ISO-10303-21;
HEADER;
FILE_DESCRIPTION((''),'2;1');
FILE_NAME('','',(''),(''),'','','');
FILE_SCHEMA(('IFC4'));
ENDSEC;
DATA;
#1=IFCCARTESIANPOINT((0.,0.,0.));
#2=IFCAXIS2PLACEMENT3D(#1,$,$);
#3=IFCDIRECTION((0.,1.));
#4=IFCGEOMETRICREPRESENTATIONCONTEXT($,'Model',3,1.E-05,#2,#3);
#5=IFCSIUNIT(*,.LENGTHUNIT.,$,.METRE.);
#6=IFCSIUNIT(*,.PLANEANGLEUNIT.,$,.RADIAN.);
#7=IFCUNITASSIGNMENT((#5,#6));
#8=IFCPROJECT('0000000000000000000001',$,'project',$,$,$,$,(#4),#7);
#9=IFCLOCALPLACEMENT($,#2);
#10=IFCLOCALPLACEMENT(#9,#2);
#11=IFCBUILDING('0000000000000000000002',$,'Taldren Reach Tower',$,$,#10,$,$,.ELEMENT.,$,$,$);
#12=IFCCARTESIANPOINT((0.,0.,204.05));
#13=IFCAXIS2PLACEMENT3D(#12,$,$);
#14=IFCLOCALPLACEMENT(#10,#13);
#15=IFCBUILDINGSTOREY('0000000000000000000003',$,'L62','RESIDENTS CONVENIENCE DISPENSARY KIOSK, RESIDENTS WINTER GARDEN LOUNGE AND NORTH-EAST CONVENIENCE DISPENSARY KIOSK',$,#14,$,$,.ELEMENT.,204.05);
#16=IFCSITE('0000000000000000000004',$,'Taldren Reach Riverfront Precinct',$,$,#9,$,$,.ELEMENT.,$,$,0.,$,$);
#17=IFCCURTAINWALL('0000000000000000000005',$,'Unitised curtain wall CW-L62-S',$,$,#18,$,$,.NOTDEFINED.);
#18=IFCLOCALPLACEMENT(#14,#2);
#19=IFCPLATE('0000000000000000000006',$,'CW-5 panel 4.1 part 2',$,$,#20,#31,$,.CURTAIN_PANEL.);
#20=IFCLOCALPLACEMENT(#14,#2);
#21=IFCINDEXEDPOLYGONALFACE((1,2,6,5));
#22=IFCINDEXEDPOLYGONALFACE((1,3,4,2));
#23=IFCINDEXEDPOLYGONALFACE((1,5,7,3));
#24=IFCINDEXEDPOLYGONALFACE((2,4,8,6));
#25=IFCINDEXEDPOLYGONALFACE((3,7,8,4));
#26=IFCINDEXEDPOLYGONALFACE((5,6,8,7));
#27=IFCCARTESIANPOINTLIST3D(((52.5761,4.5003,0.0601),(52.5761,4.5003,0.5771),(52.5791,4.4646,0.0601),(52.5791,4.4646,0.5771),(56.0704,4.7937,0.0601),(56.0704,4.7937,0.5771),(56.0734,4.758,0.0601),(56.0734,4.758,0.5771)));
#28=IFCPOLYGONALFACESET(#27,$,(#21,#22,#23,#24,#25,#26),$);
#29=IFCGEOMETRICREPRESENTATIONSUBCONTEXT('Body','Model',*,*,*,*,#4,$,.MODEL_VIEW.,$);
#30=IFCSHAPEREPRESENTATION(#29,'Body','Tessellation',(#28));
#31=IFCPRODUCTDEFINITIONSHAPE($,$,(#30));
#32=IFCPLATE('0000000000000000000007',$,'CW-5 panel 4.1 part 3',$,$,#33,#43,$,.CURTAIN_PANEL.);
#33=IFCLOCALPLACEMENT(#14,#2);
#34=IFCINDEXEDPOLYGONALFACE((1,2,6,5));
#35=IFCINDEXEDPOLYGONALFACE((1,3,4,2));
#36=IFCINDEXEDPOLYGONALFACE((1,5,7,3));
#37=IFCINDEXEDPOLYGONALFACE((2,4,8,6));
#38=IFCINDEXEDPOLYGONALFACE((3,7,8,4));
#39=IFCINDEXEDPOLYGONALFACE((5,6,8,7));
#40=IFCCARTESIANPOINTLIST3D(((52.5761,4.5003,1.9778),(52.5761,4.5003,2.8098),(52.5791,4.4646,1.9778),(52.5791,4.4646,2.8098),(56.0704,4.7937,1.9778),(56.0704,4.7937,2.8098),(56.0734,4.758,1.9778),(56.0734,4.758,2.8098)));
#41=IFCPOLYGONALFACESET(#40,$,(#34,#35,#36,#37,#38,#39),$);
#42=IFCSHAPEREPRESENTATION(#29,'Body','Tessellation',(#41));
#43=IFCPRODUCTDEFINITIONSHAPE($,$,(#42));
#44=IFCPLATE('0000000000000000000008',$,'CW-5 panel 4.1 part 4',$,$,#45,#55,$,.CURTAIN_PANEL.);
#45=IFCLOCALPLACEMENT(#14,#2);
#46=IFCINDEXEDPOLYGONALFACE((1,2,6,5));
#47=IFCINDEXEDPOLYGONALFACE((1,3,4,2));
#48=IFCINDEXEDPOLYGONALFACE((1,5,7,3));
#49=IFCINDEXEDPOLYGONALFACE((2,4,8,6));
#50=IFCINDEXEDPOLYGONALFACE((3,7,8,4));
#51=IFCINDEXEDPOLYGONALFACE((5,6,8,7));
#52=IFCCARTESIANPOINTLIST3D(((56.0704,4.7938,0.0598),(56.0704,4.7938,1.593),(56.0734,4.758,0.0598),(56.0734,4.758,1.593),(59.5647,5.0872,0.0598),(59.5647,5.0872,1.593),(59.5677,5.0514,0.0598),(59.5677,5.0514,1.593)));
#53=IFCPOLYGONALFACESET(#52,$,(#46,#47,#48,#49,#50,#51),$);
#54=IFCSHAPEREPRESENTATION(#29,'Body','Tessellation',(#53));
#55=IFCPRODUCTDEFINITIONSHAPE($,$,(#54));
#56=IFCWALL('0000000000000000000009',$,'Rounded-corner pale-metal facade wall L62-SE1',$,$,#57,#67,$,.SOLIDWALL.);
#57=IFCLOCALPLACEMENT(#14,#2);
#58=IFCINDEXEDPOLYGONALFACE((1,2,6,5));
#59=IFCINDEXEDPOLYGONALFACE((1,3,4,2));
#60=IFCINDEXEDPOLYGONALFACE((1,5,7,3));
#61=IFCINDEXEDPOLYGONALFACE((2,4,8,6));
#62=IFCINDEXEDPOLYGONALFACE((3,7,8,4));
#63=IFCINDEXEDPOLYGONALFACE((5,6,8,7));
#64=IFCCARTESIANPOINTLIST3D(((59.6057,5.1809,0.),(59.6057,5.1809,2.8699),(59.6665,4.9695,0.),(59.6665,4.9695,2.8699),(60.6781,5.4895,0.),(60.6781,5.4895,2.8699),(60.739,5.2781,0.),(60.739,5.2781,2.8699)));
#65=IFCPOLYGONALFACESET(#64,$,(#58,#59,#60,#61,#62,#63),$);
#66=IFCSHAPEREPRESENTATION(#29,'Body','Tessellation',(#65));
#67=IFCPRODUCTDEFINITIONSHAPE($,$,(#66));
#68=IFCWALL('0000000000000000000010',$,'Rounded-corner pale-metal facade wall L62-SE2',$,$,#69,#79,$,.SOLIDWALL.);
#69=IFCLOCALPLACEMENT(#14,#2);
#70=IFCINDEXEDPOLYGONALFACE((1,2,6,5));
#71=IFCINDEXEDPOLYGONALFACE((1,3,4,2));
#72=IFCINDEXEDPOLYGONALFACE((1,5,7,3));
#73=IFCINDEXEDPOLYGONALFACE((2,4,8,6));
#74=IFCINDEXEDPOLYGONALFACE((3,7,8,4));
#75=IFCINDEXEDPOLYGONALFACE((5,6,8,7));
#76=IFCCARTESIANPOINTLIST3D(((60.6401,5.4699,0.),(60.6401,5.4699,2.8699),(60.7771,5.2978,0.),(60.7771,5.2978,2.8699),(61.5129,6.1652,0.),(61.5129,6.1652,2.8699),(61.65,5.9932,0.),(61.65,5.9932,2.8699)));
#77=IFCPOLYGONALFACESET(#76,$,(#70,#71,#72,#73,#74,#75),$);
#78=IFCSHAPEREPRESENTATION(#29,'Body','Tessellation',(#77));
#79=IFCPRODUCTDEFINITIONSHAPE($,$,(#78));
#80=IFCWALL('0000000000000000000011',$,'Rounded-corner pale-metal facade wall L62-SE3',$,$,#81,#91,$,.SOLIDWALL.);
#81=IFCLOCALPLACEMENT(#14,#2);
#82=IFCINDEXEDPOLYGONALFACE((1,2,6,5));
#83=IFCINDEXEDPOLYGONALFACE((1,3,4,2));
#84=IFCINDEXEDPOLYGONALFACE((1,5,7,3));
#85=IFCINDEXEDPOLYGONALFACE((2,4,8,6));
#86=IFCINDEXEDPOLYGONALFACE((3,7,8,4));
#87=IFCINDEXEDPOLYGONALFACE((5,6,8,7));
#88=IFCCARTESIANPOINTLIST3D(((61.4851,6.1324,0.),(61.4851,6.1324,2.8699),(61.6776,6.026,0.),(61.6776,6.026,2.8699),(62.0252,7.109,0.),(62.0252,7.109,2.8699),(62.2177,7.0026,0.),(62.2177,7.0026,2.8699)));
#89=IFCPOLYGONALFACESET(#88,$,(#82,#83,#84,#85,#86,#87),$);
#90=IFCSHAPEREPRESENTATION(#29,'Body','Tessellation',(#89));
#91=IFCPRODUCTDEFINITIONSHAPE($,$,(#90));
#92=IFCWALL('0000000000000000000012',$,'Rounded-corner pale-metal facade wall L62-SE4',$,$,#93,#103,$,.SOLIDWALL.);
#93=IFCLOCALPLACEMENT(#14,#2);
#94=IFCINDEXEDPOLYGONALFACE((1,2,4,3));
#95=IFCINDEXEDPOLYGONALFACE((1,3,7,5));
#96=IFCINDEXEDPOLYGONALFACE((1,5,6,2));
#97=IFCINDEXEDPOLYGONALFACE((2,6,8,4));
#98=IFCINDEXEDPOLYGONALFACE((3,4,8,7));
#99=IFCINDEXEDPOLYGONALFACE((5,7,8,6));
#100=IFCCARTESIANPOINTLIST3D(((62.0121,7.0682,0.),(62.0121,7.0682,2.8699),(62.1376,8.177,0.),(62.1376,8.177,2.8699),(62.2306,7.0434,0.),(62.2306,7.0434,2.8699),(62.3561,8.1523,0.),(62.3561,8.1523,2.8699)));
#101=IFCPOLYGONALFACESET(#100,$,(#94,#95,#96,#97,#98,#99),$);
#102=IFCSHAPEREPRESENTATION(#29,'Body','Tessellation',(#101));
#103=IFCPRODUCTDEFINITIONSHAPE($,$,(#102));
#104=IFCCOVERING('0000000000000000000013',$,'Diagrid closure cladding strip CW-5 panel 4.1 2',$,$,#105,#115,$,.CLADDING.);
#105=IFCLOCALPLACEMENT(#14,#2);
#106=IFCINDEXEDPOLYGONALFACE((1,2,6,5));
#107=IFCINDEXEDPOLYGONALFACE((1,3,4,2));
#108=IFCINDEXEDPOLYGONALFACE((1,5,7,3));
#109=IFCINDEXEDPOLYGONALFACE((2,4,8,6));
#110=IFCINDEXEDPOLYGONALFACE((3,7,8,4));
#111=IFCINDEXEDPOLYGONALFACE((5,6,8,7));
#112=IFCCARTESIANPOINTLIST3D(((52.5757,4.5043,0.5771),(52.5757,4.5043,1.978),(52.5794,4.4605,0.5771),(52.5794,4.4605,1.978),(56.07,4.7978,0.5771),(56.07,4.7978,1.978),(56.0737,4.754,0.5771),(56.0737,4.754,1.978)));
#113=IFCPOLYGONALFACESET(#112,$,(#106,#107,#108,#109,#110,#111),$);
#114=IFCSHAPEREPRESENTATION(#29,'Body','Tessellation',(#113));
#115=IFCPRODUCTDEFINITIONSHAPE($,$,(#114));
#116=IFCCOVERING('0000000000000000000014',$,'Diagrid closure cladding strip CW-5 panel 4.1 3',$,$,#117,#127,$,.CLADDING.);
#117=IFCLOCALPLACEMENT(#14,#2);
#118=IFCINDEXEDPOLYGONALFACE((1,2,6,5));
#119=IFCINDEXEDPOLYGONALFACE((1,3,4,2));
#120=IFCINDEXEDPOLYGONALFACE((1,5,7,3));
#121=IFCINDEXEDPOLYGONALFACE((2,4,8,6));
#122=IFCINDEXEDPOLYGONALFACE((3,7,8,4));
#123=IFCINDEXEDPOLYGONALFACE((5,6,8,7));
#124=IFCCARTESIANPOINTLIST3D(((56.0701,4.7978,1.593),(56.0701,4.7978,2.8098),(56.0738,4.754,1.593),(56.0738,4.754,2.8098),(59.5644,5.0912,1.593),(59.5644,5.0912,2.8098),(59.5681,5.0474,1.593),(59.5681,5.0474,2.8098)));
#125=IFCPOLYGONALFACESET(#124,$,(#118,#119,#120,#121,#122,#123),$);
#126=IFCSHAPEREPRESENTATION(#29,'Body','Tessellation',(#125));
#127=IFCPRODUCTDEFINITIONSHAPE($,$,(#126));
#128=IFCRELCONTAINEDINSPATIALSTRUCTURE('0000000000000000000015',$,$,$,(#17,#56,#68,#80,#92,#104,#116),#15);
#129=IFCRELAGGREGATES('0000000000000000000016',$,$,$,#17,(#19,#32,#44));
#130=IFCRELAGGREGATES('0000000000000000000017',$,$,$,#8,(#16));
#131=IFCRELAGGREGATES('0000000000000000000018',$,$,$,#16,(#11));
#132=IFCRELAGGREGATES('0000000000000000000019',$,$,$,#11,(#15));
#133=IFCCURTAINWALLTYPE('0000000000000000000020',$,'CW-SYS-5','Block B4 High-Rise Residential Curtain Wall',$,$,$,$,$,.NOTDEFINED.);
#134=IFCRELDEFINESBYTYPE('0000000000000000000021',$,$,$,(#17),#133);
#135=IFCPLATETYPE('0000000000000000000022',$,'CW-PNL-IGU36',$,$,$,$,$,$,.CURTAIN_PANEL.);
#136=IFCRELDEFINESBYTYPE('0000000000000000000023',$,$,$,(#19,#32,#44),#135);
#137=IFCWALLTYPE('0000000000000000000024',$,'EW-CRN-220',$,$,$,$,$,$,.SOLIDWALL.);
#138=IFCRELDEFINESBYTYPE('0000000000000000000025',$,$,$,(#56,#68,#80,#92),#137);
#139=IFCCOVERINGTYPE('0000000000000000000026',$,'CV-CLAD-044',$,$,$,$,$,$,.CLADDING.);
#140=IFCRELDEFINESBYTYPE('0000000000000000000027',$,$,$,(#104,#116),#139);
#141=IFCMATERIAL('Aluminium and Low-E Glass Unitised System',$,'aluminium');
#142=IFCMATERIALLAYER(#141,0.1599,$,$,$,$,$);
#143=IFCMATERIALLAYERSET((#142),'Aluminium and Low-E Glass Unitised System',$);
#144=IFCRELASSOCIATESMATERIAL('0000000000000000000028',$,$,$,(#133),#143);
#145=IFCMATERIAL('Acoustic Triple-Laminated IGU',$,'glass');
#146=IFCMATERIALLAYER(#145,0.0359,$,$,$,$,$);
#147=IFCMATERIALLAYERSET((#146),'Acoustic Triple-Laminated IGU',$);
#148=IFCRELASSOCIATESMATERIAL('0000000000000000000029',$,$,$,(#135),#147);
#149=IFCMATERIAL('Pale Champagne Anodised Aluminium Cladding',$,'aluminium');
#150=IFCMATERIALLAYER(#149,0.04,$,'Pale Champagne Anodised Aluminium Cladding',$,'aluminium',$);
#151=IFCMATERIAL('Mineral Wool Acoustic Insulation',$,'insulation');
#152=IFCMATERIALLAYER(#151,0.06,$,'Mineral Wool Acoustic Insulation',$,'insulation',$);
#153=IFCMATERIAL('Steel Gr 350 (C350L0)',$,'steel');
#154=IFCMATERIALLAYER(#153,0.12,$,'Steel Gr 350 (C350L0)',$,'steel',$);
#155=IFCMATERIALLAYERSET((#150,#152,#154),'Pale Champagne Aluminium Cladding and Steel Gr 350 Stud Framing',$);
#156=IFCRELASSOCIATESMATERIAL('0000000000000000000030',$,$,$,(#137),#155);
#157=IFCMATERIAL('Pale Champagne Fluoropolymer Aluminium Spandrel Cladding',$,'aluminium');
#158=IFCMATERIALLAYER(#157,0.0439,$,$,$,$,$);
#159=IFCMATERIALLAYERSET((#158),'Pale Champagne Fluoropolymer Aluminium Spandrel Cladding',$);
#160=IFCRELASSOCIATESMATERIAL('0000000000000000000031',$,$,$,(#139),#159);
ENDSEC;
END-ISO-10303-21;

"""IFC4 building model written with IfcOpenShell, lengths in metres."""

from ifc_helpers import new_model, si_unit, direction, frame, frame_2d, origin, origin_2d, place, context, subcontext, project, spatial, rectangle, extrude, source, transform, mapped, material, layer, layer_set, type_object, element, aggregate, save


model = new_model("IFC4")

# Units and contexts
model_context = context("Model", 3, precision=1e-05, world=origin(), true_north=direction((0.0, 1.0)))
body_context = subcontext(model_context, "Body", "Model", "MODEL_VIEW")
ifc_project = project(units=[si_unit("LENGTHUNIT", "METRE"), si_unit("PLANEANGLEUNIT", "RADIAN")], contexts=[model_context])

# Site, building, storey
site_placement = place(None, origin())
site = spatial("IfcSite", under=ifc_project, at=site_placement, Name="Taldren Reach Riverfront Precinct", CompositionType="ELEMENT", RefElevation=0.0)
building_placement = place(site_placement, origin())
building = spatial("IfcBuilding", under=site, at=building_placement, Name="Taldren Reach Tower", CompositionType="ELEMENT")
storey_placement = place(building_placement, frame((0.0, 0.0, 204.05)))
storey = spatial("IfcBuildingStorey", under=building, at=storey_placement, Name="L62", Description="RESIDENTS CONVENIENCE DISPENSARY KIOSK, RESIDENTS WINTER GARDEN LOUNGE AND NORTH-EAST CONVENIENCE DISPENSARY KIOSK", CompositionType="ELEMENT", Elevation=204.05)

# Shared definitions
ifc_material_1 = material(Name="Steel Gr 350 (C350L0)", Category="steel")

# Curtain wall
ifc_material_2 = material(Name="Aluminium and Low-E Glass Unitised System", Category="aluminium")
ifc_layer_1 = layer(ifc_material_2, 0.1599)
ifc_layer_set_1 = layer_set([ifc_layer_1], Name="Aluminium and Low-E Glass Unitised System")
curtain_wall_type = type_object("IfcCurtainWallType", Name="CW-SYS-5", Description="Block B4 High-Rise Residential Curtain Wall", PredefinedType="NOTDEFINED", material=ifc_layer_set_1)
curtain_wall_1_placement = place(storey_placement, origin())
curtain_wall_1 = element("IfcCurtainWall", 1, at=curtain_wall_1_placement, inside=storey, type_object=curtain_wall_type, Name="Unitised curtain wall CW-L62-S", PredefinedType="NOTDEFINED")

# Plates
ifc_material_3 = material(Name="Acoustic Triple-Laminated IGU", Category="glass")
ifc_layer_2 = layer(ifc_material_3, 0.0359)
ifc_layer_set_2 = layer_set([ifc_layer_2], Name="Acoustic Triple-Laminated IGU")
plate_type_1 = type_object("IfcPlateType", Name="CW-PNL-IGU36", PredefinedType="CURTAIN_PANEL", material=ifc_layer_set_2)
shared_shape_1 = source(origin(), body_context, "Body", "SweptSolid", [
    extrude(rectangle(XDim=3.5066, YDim=0.0359, at=origin_2d()), origin(), (0.0, 0.0, 1.0), 0.5171),
])
plate_1_placement = place(storey_placement, frame((54.3247, 4.6292, 0.0601), z_axis=(0.0, 0.0, 1.0), x_axis=(0.996493, 0.083678, 0.0)))
plate_1 = element("IfcPlate", 2, at=plate_1_placement, type_object=plate_type_1, Name="CW-5 panel 4.1 part 2", PredefinedType="CURTAIN_PANEL", context=body_context, shape_type="MappedRepresentation", body=[
    mapped(shared_shape_1, transform((0.0, 0.0, 0.0), scale=1.0)),
])
shared_shape_2 = source(origin(), body_context, "Body", "SweptSolid", [
    extrude(rectangle(XDim=3.5066, YDim=0.0359, at=origin_2d()), origin(), (0.0, 0.0, 1.0), 0.832),
])
plate_2_placement = place(storey_placement, frame((54.3247, 4.6292, 1.9778), z_axis=(0.0, 0.0, 1.0), x_axis=(0.996493, 0.083678, 0.0)))
plate_2 = element("IfcPlate", 3, at=plate_2_placement, type_object=plate_type_1, Name="CW-5 panel 4.1 part 3", PredefinedType="CURTAIN_PANEL", context=body_context, shape_type="MappedRepresentation", body=[
    mapped(shared_shape_2, transform((0.0, 0.0, 0.0), scale=1.0)),
])
shared_shape_3 = source(origin(), body_context, "Body", "SweptSolid", [
    extrude(rectangle(XDim=3.5066, YDim=0.0359, at=origin_2d()), origin(), (0.0, 0.0, 1.0), 1.5332),
])
plate_3_placement = place(storey_placement, frame((57.8191, 4.9226, 0.0598), z_axis=(0.0, 0.0, 1.0), x_axis=(0.996493, 0.083678, 0.0)))
plate_3 = element("IfcPlate", 4, at=plate_3_placement, type_object=plate_type_1, Name="CW-5 panel 4.1 part 4", PredefinedType="CURTAIN_PANEL", context=body_context, shape_type="MappedRepresentation", body=[
    mapped(shared_shape_3, transform((0.0, 0.0, 0.0), scale=1.0)),
])
aggregate(curtain_wall_1, [plate_1, plate_2, plate_3])

# Walls
ifc_material_4 = material(Name="Pale Champagne Anodised Aluminium Cladding", Category="aluminium")
ifc_layer_3 = layer(ifc_material_4, 0.04, Name="Pale Champagne Anodised Aluminium Cladding", Category="aluminium")
ifc_material_5 = material(Name="Mineral Wool Acoustic Insulation", Category="insulation")
ifc_layer_4 = layer(ifc_material_5, 0.06, Name="Mineral Wool Acoustic Insulation", Category="insulation")
ifc_layer_5 = layer(ifc_material_1, 0.12, Name="Steel Gr 350 (C350L0)", Category="steel")
ifc_layer_set_3 = layer_set([ifc_layer_3, ifc_layer_4, ifc_layer_5], Name="Pale Champagne Aluminium Cladding and Steel Gr 350 Stud Framing")
wall_type = type_object("IfcWallType", Name="EW-CRN-220", PredefinedType="SOLIDWALL", material=ifc_layer_set_3)
shared_shape_4 = source(origin(), body_context, "Body", "SweptSolid", [
    extrude(rectangle(XDim=1.116, YDim=0.22, at=frame_2d((0.5581, 0.0))), origin(), (0.0, 0.0, 1.0), 2.8699),
])
for number, where, z_axis, x_axis, name in (
    (5, (59.636, 5.0752, 0.0), (0.0, 0.0, 1.0), (0.96101, 0.276512, 0.0), "Rounded-corner pale-metal facade wall L62-SE1"),
    (6, (60.7085, 5.3838, 0.0), (0.0, 0.0, 1.0), (0.782148, 0.623093, 0.0), "Rounded-corner pale-metal facade wall L62-SE2"),
    (7, (61.5813, 6.0791, 0.0), (0.0, 0.0, 1.0), (0.483933, 0.875105, 0.0), "Rounded-corner pale-metal facade wall L62-SE3"),
    (8, (62.1213, 7.0557, 0.0), (0.0, 0.0, 1.0), (0.112448, 0.993658, 0.0), "Rounded-corner pale-metal facade wall L62-SE4"),
):
    element("IfcWall", number, at=place(storey_placement, frame(where, z_axis=z_axis, x_axis=x_axis)), inside=storey, type_object=wall_type, Name=name, PredefinedType="SOLIDWALL", context=body_context, shape_type="MappedRepresentation", body=[
        mapped(shared_shape_4, transform((0.0, 0.0, 0.0), scale=1.0)),
    ])

# Coverings
ifc_material_6 = material(Name="Pale Champagne Fluoropolymer Aluminium Spandrel Cladding", Category="aluminium")
ifc_layer_6 = layer(ifc_material_6, 0.0439)
ifc_layer_set_4 = layer_set([ifc_layer_6], Name="Pale Champagne Fluoropolymer Aluminium Spandrel Cladding")
covering_type = type_object("IfcCoveringType", Name="CV-CLAD-044", PredefinedType="CLADDING", material=ifc_layer_set_4)
shared_shape_5 = source(origin(), body_context, "Body", "SweptSolid", [
    extrude(rectangle(XDim=3.5066, YDim=0.0439, at=origin_2d()), origin(), (0.0, 0.0, 1.0), 1.4009),
])
covering_1_placement = place(storey_placement, frame((54.3247, 4.6292, 0.5771), z_axis=(0.0, 0.0, 1.0), x_axis=(0.996493, 0.083678, 0.0)))
element("IfcCovering", 9, at=covering_1_placement, inside=storey, type_object=covering_type, Name="Diagrid closure cladding strip CW-5 panel 4.1 2", PredefinedType="CLADDING", context=body_context, shape_type="MappedRepresentation", body=[
    mapped(shared_shape_5, transform((0.0, 0.0, 0.0), scale=1.0)),
])
shared_shape_6 = source(origin(), body_context, "Body", "SweptSolid", [
    extrude(rectangle(XDim=3.5066, YDim=0.0439, at=origin_2d()), origin(), (0.0, 0.0, 1.0), 1.2168),
])
covering_2_placement = place(storey_placement, frame((57.8191, 4.9226, 1.593), z_axis=(0.0, 0.0, 1.0), x_axis=(0.996493, 0.083678, 0.0)))
element("IfcCovering", 10, at=covering_2_placement, inside=storey, type_object=covering_type, Name="Diagrid closure cladding strip CW-5 panel 4.1 3", PredefinedType="CLADDING", context=body_context, shape_type="MappedRepresentation", body=[
    mapped(shared_shape_6, transform((0.0, 0.0, 0.0), scale=1.0)),
])

save(model, "model.ifc")
